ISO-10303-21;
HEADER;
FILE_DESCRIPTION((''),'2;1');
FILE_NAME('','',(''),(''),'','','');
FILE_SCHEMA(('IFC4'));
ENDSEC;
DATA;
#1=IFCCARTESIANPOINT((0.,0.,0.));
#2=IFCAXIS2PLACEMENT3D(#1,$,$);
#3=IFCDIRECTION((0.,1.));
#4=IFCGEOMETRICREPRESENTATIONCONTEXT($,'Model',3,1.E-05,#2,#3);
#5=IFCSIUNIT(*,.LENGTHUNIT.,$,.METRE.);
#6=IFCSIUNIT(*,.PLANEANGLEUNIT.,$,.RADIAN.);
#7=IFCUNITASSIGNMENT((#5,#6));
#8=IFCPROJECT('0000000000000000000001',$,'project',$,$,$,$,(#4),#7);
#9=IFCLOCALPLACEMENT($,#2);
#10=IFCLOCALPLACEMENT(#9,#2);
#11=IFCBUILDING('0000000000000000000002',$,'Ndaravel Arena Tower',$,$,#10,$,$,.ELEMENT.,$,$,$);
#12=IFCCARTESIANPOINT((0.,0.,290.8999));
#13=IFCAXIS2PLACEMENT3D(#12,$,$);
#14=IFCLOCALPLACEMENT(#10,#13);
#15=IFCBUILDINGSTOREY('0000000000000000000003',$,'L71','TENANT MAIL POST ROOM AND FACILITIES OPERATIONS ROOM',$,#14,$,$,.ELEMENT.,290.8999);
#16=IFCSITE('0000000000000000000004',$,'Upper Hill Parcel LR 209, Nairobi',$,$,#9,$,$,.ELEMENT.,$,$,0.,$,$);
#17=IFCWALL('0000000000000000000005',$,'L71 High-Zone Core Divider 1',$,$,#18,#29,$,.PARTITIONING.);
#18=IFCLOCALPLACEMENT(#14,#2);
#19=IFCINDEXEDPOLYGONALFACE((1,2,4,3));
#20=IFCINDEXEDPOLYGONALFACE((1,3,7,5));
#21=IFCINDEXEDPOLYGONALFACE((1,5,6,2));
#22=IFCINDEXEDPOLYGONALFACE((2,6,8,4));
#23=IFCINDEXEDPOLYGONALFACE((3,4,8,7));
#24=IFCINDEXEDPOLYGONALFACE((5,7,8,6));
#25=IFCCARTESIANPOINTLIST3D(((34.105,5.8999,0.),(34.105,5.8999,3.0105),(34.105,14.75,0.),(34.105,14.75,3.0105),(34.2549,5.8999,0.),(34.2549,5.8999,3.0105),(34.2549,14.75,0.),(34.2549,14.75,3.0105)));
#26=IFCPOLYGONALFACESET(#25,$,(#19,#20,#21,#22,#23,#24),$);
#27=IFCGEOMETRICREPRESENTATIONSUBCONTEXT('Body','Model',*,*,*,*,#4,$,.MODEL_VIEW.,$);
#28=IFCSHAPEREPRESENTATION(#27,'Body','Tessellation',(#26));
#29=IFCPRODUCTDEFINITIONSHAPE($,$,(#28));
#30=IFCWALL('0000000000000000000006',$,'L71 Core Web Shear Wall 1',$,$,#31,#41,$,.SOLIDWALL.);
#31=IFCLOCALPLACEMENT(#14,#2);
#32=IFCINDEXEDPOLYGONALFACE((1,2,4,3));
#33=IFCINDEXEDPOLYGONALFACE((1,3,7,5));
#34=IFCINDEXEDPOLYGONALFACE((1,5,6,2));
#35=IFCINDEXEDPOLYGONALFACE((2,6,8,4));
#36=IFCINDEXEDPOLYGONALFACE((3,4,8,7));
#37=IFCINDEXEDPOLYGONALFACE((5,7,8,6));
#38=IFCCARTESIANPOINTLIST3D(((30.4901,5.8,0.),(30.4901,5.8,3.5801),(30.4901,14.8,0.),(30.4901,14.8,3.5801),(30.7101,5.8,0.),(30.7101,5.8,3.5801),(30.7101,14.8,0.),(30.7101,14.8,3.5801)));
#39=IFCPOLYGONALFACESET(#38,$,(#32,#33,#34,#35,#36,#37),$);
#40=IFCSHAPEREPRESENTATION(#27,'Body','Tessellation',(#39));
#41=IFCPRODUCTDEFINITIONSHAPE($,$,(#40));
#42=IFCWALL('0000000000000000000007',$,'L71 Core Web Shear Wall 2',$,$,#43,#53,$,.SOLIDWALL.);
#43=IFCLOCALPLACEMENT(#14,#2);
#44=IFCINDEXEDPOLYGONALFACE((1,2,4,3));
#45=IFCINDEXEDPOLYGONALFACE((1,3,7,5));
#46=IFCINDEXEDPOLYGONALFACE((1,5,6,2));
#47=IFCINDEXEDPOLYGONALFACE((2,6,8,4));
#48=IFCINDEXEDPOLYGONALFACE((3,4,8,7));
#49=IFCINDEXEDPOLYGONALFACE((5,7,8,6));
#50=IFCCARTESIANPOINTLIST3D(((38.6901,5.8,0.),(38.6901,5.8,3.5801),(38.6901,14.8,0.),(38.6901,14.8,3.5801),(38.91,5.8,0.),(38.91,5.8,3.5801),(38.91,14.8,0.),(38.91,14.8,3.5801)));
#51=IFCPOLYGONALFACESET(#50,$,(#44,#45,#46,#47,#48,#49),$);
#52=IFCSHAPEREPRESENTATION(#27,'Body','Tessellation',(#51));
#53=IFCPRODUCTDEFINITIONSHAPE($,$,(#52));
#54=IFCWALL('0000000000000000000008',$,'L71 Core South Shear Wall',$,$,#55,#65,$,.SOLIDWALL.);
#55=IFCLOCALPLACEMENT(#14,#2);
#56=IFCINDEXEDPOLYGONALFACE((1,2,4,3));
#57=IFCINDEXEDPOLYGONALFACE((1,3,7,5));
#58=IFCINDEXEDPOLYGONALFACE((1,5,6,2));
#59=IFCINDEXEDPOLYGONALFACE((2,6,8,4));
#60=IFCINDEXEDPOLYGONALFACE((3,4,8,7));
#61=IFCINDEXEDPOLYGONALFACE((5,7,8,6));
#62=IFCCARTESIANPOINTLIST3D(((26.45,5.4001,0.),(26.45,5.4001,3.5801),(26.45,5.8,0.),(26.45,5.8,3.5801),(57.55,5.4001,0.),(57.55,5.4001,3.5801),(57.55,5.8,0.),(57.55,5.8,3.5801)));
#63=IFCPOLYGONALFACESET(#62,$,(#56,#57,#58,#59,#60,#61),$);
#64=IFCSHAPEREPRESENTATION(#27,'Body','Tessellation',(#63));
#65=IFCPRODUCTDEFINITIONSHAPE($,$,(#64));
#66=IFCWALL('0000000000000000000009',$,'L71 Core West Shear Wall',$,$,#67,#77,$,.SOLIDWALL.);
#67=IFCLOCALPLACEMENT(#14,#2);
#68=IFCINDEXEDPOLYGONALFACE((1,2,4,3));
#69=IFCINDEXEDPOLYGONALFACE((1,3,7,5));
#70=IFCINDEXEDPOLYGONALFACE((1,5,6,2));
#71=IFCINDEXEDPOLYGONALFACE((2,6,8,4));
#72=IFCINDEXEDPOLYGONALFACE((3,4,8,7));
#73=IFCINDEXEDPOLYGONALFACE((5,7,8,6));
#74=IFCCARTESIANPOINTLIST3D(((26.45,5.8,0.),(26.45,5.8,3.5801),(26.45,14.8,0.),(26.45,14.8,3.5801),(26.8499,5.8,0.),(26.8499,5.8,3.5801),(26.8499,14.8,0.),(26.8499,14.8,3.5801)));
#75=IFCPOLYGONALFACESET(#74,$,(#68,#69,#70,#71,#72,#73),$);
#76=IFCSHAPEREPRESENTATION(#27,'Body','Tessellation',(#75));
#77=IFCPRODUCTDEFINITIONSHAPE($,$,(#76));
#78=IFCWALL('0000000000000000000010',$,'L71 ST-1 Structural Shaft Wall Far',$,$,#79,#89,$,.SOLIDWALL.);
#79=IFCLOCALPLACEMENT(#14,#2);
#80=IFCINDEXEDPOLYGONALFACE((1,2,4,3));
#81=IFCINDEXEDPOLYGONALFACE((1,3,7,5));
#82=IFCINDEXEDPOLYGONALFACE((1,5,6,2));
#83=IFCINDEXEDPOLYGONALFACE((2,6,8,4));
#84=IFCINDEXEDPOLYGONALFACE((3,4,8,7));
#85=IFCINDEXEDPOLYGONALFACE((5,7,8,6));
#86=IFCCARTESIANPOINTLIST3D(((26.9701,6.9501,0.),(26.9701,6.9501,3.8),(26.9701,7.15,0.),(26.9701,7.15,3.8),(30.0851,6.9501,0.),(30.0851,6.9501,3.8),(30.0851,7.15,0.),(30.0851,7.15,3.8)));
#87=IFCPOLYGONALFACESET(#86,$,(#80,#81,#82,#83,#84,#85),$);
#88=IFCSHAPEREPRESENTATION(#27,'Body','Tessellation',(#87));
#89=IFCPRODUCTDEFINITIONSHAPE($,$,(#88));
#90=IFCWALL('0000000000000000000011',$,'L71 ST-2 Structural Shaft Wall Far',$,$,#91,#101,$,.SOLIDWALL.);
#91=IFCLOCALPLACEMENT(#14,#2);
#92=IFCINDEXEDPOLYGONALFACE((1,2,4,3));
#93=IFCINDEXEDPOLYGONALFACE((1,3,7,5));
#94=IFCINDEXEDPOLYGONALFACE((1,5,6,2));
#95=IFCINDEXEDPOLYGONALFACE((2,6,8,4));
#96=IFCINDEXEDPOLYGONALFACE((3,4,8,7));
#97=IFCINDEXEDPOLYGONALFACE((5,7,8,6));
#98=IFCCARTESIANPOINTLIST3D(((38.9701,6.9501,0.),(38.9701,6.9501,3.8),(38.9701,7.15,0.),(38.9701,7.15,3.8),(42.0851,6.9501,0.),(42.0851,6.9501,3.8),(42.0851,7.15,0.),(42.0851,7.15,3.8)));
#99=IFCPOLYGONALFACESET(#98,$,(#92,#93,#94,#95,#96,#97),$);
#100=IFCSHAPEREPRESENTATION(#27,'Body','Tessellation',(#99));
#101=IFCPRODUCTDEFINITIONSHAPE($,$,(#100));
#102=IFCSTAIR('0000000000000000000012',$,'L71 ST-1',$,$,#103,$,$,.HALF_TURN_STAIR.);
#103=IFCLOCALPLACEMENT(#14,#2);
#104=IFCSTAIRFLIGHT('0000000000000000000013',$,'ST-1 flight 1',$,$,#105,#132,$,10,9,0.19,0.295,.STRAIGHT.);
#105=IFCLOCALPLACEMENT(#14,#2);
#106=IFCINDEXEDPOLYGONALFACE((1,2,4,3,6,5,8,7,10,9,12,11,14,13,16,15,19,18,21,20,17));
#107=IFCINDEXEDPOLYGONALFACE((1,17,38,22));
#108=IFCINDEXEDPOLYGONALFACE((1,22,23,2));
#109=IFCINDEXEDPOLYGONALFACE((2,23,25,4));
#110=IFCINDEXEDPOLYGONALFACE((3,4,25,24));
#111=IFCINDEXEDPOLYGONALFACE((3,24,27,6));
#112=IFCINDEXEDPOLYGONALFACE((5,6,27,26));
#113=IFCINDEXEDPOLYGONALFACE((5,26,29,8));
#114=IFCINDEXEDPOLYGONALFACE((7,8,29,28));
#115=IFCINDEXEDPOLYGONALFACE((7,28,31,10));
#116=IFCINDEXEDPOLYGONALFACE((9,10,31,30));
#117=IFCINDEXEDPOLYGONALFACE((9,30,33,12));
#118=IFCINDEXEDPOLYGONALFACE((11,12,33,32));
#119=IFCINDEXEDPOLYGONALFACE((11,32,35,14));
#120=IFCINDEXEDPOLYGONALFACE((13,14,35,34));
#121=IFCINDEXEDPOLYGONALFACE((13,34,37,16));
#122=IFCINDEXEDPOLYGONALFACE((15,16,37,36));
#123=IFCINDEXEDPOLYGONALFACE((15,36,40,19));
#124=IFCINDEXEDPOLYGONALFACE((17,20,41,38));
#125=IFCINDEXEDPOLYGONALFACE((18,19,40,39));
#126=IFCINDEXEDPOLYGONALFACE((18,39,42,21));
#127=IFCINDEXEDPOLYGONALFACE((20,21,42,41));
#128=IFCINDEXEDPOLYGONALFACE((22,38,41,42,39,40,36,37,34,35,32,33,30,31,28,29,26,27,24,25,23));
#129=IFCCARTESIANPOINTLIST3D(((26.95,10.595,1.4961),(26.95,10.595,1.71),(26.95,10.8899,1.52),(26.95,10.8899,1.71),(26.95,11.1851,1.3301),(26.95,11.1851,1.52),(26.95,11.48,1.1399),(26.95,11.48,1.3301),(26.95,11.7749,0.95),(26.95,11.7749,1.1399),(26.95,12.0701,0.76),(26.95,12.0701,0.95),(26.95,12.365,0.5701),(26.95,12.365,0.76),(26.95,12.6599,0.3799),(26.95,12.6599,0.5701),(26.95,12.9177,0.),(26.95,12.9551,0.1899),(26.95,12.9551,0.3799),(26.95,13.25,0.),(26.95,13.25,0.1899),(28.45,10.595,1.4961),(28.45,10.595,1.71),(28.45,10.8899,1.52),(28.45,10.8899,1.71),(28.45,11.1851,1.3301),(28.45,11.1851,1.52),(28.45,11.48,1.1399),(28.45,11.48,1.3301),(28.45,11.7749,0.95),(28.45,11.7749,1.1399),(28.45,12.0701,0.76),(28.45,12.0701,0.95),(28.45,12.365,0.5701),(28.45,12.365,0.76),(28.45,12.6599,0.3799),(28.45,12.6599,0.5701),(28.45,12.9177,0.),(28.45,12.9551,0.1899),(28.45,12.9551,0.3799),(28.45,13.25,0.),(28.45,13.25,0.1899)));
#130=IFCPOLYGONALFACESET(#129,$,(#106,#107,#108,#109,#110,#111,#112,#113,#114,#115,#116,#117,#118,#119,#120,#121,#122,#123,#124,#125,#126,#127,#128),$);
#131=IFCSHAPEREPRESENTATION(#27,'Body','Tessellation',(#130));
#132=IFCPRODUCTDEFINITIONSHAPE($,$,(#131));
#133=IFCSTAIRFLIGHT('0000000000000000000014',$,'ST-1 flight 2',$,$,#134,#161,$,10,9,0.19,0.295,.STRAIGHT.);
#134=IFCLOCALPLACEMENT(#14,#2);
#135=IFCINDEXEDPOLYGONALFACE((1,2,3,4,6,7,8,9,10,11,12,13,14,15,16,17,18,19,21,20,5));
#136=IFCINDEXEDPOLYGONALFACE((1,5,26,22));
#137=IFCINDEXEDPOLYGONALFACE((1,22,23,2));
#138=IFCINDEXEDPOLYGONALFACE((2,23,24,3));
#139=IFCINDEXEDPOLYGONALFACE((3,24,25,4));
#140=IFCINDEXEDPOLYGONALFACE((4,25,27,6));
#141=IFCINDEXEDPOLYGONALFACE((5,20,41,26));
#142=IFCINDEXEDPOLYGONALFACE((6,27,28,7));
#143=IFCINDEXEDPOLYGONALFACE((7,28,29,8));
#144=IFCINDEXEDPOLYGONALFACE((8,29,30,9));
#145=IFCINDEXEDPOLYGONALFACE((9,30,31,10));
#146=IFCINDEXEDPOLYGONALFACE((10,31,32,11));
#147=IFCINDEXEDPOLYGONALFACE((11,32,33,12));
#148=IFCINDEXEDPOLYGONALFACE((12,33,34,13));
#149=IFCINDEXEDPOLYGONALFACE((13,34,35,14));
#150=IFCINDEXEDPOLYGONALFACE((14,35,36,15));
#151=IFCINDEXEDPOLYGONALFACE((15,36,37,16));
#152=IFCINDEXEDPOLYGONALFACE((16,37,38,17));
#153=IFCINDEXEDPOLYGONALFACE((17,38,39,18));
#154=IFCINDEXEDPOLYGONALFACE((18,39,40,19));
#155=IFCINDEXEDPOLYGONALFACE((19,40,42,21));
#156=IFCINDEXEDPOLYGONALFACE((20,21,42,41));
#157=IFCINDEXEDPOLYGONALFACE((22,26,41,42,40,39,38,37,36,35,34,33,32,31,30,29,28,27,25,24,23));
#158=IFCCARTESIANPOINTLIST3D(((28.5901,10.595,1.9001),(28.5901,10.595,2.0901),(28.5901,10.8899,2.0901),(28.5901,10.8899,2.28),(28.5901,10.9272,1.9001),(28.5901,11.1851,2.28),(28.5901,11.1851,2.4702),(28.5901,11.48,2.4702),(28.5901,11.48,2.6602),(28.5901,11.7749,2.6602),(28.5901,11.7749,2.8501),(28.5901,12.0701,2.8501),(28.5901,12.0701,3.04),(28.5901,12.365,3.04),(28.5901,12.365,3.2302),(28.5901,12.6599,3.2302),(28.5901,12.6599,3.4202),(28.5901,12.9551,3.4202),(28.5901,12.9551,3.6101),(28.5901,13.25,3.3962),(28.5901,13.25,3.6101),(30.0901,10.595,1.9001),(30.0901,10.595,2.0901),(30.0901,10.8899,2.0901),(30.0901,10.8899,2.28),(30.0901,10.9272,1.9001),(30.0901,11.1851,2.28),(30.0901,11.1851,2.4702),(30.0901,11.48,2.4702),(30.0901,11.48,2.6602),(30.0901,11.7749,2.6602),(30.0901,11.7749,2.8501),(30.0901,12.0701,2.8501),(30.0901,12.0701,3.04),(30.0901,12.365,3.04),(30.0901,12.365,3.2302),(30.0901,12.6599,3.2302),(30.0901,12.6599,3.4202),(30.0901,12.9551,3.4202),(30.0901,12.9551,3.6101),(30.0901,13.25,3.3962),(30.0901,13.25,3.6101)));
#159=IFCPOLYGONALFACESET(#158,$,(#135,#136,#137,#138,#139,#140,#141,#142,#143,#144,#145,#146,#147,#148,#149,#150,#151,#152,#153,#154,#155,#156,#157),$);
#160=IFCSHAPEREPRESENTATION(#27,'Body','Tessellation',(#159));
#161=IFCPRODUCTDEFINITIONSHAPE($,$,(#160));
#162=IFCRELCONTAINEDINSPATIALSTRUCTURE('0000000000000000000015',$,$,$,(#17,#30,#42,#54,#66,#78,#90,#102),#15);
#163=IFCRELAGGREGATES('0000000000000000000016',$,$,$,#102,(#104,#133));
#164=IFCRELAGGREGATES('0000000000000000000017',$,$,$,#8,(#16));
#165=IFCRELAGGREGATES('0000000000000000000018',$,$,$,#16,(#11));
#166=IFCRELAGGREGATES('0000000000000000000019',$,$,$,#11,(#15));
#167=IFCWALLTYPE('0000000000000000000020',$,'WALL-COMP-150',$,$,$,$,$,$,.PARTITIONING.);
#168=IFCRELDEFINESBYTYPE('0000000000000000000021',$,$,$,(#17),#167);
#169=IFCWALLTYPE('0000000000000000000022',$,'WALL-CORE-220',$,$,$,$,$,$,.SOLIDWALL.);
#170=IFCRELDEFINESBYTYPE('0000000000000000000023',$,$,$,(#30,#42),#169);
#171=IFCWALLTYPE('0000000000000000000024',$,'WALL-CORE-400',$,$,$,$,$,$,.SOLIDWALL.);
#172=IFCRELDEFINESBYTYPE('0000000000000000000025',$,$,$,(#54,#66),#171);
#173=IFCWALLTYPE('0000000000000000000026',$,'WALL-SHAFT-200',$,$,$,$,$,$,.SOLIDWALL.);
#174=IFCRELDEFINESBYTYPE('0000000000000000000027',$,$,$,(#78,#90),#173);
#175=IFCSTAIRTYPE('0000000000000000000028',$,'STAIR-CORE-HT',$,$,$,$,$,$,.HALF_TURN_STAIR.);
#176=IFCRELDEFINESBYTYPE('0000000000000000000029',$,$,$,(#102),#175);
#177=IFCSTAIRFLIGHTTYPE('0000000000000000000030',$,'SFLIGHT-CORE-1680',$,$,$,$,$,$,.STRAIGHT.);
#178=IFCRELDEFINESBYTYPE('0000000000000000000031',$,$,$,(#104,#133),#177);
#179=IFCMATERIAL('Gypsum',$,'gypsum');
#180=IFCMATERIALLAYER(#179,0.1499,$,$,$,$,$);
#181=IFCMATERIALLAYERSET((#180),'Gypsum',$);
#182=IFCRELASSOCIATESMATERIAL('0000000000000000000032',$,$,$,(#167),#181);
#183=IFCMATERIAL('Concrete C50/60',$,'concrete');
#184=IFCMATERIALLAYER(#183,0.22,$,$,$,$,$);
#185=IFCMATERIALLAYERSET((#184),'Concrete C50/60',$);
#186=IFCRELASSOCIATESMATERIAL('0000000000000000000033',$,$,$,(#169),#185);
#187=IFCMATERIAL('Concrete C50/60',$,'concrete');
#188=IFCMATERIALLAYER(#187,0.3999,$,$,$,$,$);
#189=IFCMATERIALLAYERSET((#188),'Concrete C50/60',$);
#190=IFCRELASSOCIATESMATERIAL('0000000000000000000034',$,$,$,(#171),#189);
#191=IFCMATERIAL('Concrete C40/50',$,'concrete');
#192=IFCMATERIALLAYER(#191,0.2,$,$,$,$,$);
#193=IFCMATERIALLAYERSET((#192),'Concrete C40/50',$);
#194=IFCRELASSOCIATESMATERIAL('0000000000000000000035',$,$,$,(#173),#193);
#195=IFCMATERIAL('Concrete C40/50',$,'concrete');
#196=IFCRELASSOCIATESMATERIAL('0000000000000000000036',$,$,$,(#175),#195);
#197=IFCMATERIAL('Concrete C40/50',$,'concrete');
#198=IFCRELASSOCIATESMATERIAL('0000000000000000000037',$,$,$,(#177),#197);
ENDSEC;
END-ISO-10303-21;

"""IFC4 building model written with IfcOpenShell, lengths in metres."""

from ifc_helpers import new_model, si_unit, direction, frame, frame_2d, origin, place, context, subcontext, project, spatial, polyline, rectangle, outline, extrude, material, layer, layer_set, type_object, element, aggregate, save


model = new_model("IFC4")

# Units and contexts
model_context = context("Model", 3, precision=1e-05, world=origin(), true_north=direction((0.0, 1.0)))
body_context = subcontext(model_context, "Body", "Model", "MODEL_VIEW")
ifc_project = project(units=[si_unit("LENGTHUNIT", "METRE"), si_unit("PLANEANGLEUNIT", "RADIAN")], contexts=[model_context])

# Site, building, storey
site_placement = place(None, origin())
site = spatial("IfcSite", under=ifc_project, at=site_placement, Name="Upper Hill Parcel LR 209, Nairobi", CompositionType="ELEMENT", RefElevation=0.0)
building_placement = place(site_placement, origin())
building = spatial("IfcBuilding", under=site, at=building_placement, Name="Ndaravel Arena Tower", CompositionType="ELEMENT")
storey_placement = place(building_placement, frame((0.0, 0.0, 290.8999)))
storey = spatial("IfcBuildingStorey", under=building, at=storey_placement, Name="L71", Description="TENANT MAIL POST ROOM AND FACILITIES OPERATIONS ROOM", CompositionType="ELEMENT", Elevation=290.8999)

# Walls
ifc_material_1 = material(Name="Gypsum", Category="gypsum")
ifc_layer_1 = layer(ifc_material_1, 0.1499)
ifc_layer_set_1 = layer_set([ifc_layer_1], Name="Gypsum")
wall_type_1 = type_object("IfcWallType", Name="WALL-COMP-150", PredefinedType="PARTITIONING", material=ifc_layer_set_1)
wall_1_placement = place(storey_placement, frame((34.1799, 5.8999, 0.0), z_axis=(0.0, 0.0, 1.0), x_axis=(0.0, 1.0, 0.0)))
element("IfcWall", 1, at=wall_1_placement, inside=storey, type_object=wall_type_1, Name="L71 High-Zone Core Divider 1", PredefinedType="PARTITIONING", context=body_context, shape_type="SweptSolid", body=[
    extrude(rectangle(XDim=8.8501, YDim=0.1499, at=frame_2d((4.425, 0.0))), origin(), (0.0, 0.0, 1.0), 3.0105),
])
ifc_material_2 = material(Name="Concrete C50/60", Category="concrete")
ifc_layer_2 = layer(ifc_material_2, 0.22)
ifc_layer_set_2 = layer_set([ifc_layer_2], Name="Concrete C50/60")
wall_type_2 = type_object("IfcWallType", Name="WALL-CORE-220", PredefinedType="SOLIDWALL", material=ifc_layer_set_2)
for number, where, z_axis, x_axis, name in (
    (2, (30.6001, 5.8, 0.0), (0.0, 0.0, 1.0), (0.0, 1.0, 0.0), "L71 Core Web Shear Wall 1"),
    (3, (38.8, 5.8, 0.0), (0.0, 0.0, 1.0), (0.0, 1.0, 0.0), "L71 Core Web Shear Wall 2"),
):
    element("IfcWall", number, at=place(storey_placement, frame(where, z_axis=z_axis, x_axis=x_axis)), inside=storey, type_object=wall_type_2, Name=name, PredefinedType="SOLIDWALL", context=body_context, shape_type="SweptSolid", body=[
        extrude(rectangle(XDim=9.0, YDim=0.22, at=frame_2d((4.5, 0.0))), origin(), (0.0, 0.0, 1.0), 3.5801),
    ])
ifc_material_3 = material(Name="Concrete C50/60", Category="concrete")
ifc_layer_3 = layer(ifc_material_3, 0.3999)
ifc_layer_set_3 = layer_set([ifc_layer_3], Name="Concrete C50/60")
wall_type_3 = type_object("IfcWallType", Name="WALL-CORE-400", PredefinedType="SOLIDWALL", material=ifc_layer_set_3)
wall_2_placement = place(storey_placement, frame((26.45, 5.6001, 0.0), z_axis=(0.0, 0.0, 1.0), x_axis=(1.0, 0.0, 0.0)))
element("IfcWall", 4, at=wall_2_placement, inside=storey, type_object=wall_type_3, Name="L71 Core South Shear Wall", PredefinedType="SOLIDWALL", context=body_context, shape_type="SweptSolid", body=[
    extrude(rectangle(XDim=31.1001, YDim=0.3999, at=frame_2d((15.55, 0.0))), origin(), (0.0, 0.0, 1.0), 3.5801),
])
wall_3_placement = place(storey_placement, frame((26.6499, 5.8, 0.0), z_axis=(0.0, 0.0, 1.0), x_axis=(0.0, 1.0, 0.0)))
element("IfcWall", 5, at=wall_3_placement, inside=storey, type_object=wall_type_3, Name="L71 Core West Shear Wall", PredefinedType="SOLIDWALL", context=body_context, shape_type="SweptSolid", body=[
    extrude(rectangle(XDim=9.0, YDim=0.3999, at=frame_2d((4.5, 0.0))), origin(), (0.0, 0.0, 1.0), 3.5801),
])
ifc_material_4 = material(Name="Concrete C40/50", Category="concrete")
ifc_layer_4 = layer(ifc_material_4, 0.2)
ifc_layer_set_4 = layer_set([ifc_layer_4], Name="Concrete C40/50")
wall_type_4 = type_object("IfcWallType", Name="WALL-SHAFT-200", PredefinedType="SOLIDWALL", material=ifc_layer_set_4)
for number, where, z_axis, x_axis, name in (
    (6, (26.97, 7.05, 0.0), (0.0, 0.0, 1.0), (1.0, 0.0, 0.0), "L71 ST-1 Structural Shaft Wall Far"),
    (7, (38.97, 7.05, 0.0), (0.0, 0.0, 1.0), (1.0, 0.0, 0.0), "L71 ST-2 Structural Shaft Wall Far"),
):
    element("IfcWall", number, at=place(storey_placement, frame(where, z_axis=z_axis, x_axis=x_axis)), inside=storey, type_object=wall_type_4, Name=name, PredefinedType="SOLIDWALL", context=body_context, shape_type="SweptSolid", body=[
        extrude(rectangle(XDim=3.115, YDim=0.2, at=frame_2d((1.5576, 0.0))), origin(), (0.0, 0.0, 1.0), 3.8),
    ])

# Stair, stair flights
ifc_material_5 = material(Name="Concrete C40/50", Category="concrete")
stair_type = type_object("IfcStairType", Name="STAIR-CORE-HT", PredefinedType="HALF_TURN_STAIR", material=ifc_material_5)
stair_1_placement = place(storey_placement, origin())
stair_1 = element("IfcStair", 8, at=stair_1_placement, inside=storey, type_object=stair_type, Name="L71 ST-1", PredefinedType="HALF_TURN_STAIR")
ifc_material_6 = material(Name="Concrete C40/50", Category="concrete")
stair_flight_type = type_object("IfcStairFlightType", Name="SFLIGHT-CORE-1680", PredefinedType="STRAIGHT", material=ifc_material_6)
stair_flight_1_placement = place(storey_placement, frame((27.7, 13.25, 0.0), z_axis=(0.0, 0.0, 1.0), x_axis=(0.0, -1.0, 0.0)))
stair_flight_1 = element("IfcStairFlight", 9, at=stair_flight_1_placement, type_object=stair_flight_type, Name="ST-1 flight 1", NumberOfRisers=10, NumberOfTreads=9, PredefinedType="STRAIGHT", RiserHeight=0.19, TreadLength=0.295, context=body_context, shape_type="SweptSolid", body=[
    extrude(outline(polyline([(0.0, 0.0), (0.0, 0.1899), (0.2949, 0.1899), (0.2949, 0.3799), (0.5901, 0.3799), (0.5901, 0.5701), (0.885, 0.5701), (0.885, 0.76), (1.1799, 0.76), (1.1799, 0.95), (1.4751, 0.95), (1.4751, 1.1399), (1.77, 1.1399), (1.77, 1.3301), (2.0649, 1.3301), (2.0649, 1.52), (2.3601, 1.52), (2.3601, 1.71), (2.655, 1.71), (2.655, 1.8999), (2.655, 1.4961), (0.3323, 0.0), (0.0, 0.0)])), frame((0.0, 0.75, 0.0), z_axis=(0.0, -1.0, 0.0), x_axis=(1.0, 0.0, 0.0)), (0.0, 0.0, 1.0), 1.5),
])
stair_flight_2_placement = place(storey_placement, frame((29.3401, 10.595, 1.9001), z_axis=(0.0, 0.0, 1.0), x_axis=(0.0, 1.0, 0.0)))
stair_flight_2 = element("IfcStairFlight", 10, at=stair_flight_2_placement, type_object=stair_flight_type, Name="ST-1 flight 2", NumberOfRisers=10, NumberOfTreads=9, PredefinedType="STRAIGHT", RiserHeight=0.19, TreadLength=0.295, context=body_context, shape_type="SweptSolid", body=[
    extrude(outline(polyline([(0.0, 0.0), (0.0, 0.1899), (0.2949, 0.1899), (0.2949, 0.3799), (0.5901, 0.3799), (0.5901, 0.5701), (0.885, 0.5701), (0.885, 0.76), (1.1799, 0.76), (1.1799, 0.95), (1.4751, 0.95), (1.4751, 1.1399), (1.77, 1.1399), (1.77, 1.3301), (2.0649, 1.3301), (2.0649, 1.52), (2.3601, 1.52), (2.3601, 1.71), (2.655, 1.71), (2.655, 1.8999), (2.655, 1.4961), (0.3323, 0.0), (0.0, 0.0)])), frame((0.0, 0.75, 0.0), z_axis=(0.0, -1.0, 0.0), x_axis=(1.0, 0.0, 0.0)), (0.0, 0.0, 1.0), 1.5),
])
aggregate(stair_1, [stair_flight_1, stair_flight_2])

save(model, "model.ifc")
